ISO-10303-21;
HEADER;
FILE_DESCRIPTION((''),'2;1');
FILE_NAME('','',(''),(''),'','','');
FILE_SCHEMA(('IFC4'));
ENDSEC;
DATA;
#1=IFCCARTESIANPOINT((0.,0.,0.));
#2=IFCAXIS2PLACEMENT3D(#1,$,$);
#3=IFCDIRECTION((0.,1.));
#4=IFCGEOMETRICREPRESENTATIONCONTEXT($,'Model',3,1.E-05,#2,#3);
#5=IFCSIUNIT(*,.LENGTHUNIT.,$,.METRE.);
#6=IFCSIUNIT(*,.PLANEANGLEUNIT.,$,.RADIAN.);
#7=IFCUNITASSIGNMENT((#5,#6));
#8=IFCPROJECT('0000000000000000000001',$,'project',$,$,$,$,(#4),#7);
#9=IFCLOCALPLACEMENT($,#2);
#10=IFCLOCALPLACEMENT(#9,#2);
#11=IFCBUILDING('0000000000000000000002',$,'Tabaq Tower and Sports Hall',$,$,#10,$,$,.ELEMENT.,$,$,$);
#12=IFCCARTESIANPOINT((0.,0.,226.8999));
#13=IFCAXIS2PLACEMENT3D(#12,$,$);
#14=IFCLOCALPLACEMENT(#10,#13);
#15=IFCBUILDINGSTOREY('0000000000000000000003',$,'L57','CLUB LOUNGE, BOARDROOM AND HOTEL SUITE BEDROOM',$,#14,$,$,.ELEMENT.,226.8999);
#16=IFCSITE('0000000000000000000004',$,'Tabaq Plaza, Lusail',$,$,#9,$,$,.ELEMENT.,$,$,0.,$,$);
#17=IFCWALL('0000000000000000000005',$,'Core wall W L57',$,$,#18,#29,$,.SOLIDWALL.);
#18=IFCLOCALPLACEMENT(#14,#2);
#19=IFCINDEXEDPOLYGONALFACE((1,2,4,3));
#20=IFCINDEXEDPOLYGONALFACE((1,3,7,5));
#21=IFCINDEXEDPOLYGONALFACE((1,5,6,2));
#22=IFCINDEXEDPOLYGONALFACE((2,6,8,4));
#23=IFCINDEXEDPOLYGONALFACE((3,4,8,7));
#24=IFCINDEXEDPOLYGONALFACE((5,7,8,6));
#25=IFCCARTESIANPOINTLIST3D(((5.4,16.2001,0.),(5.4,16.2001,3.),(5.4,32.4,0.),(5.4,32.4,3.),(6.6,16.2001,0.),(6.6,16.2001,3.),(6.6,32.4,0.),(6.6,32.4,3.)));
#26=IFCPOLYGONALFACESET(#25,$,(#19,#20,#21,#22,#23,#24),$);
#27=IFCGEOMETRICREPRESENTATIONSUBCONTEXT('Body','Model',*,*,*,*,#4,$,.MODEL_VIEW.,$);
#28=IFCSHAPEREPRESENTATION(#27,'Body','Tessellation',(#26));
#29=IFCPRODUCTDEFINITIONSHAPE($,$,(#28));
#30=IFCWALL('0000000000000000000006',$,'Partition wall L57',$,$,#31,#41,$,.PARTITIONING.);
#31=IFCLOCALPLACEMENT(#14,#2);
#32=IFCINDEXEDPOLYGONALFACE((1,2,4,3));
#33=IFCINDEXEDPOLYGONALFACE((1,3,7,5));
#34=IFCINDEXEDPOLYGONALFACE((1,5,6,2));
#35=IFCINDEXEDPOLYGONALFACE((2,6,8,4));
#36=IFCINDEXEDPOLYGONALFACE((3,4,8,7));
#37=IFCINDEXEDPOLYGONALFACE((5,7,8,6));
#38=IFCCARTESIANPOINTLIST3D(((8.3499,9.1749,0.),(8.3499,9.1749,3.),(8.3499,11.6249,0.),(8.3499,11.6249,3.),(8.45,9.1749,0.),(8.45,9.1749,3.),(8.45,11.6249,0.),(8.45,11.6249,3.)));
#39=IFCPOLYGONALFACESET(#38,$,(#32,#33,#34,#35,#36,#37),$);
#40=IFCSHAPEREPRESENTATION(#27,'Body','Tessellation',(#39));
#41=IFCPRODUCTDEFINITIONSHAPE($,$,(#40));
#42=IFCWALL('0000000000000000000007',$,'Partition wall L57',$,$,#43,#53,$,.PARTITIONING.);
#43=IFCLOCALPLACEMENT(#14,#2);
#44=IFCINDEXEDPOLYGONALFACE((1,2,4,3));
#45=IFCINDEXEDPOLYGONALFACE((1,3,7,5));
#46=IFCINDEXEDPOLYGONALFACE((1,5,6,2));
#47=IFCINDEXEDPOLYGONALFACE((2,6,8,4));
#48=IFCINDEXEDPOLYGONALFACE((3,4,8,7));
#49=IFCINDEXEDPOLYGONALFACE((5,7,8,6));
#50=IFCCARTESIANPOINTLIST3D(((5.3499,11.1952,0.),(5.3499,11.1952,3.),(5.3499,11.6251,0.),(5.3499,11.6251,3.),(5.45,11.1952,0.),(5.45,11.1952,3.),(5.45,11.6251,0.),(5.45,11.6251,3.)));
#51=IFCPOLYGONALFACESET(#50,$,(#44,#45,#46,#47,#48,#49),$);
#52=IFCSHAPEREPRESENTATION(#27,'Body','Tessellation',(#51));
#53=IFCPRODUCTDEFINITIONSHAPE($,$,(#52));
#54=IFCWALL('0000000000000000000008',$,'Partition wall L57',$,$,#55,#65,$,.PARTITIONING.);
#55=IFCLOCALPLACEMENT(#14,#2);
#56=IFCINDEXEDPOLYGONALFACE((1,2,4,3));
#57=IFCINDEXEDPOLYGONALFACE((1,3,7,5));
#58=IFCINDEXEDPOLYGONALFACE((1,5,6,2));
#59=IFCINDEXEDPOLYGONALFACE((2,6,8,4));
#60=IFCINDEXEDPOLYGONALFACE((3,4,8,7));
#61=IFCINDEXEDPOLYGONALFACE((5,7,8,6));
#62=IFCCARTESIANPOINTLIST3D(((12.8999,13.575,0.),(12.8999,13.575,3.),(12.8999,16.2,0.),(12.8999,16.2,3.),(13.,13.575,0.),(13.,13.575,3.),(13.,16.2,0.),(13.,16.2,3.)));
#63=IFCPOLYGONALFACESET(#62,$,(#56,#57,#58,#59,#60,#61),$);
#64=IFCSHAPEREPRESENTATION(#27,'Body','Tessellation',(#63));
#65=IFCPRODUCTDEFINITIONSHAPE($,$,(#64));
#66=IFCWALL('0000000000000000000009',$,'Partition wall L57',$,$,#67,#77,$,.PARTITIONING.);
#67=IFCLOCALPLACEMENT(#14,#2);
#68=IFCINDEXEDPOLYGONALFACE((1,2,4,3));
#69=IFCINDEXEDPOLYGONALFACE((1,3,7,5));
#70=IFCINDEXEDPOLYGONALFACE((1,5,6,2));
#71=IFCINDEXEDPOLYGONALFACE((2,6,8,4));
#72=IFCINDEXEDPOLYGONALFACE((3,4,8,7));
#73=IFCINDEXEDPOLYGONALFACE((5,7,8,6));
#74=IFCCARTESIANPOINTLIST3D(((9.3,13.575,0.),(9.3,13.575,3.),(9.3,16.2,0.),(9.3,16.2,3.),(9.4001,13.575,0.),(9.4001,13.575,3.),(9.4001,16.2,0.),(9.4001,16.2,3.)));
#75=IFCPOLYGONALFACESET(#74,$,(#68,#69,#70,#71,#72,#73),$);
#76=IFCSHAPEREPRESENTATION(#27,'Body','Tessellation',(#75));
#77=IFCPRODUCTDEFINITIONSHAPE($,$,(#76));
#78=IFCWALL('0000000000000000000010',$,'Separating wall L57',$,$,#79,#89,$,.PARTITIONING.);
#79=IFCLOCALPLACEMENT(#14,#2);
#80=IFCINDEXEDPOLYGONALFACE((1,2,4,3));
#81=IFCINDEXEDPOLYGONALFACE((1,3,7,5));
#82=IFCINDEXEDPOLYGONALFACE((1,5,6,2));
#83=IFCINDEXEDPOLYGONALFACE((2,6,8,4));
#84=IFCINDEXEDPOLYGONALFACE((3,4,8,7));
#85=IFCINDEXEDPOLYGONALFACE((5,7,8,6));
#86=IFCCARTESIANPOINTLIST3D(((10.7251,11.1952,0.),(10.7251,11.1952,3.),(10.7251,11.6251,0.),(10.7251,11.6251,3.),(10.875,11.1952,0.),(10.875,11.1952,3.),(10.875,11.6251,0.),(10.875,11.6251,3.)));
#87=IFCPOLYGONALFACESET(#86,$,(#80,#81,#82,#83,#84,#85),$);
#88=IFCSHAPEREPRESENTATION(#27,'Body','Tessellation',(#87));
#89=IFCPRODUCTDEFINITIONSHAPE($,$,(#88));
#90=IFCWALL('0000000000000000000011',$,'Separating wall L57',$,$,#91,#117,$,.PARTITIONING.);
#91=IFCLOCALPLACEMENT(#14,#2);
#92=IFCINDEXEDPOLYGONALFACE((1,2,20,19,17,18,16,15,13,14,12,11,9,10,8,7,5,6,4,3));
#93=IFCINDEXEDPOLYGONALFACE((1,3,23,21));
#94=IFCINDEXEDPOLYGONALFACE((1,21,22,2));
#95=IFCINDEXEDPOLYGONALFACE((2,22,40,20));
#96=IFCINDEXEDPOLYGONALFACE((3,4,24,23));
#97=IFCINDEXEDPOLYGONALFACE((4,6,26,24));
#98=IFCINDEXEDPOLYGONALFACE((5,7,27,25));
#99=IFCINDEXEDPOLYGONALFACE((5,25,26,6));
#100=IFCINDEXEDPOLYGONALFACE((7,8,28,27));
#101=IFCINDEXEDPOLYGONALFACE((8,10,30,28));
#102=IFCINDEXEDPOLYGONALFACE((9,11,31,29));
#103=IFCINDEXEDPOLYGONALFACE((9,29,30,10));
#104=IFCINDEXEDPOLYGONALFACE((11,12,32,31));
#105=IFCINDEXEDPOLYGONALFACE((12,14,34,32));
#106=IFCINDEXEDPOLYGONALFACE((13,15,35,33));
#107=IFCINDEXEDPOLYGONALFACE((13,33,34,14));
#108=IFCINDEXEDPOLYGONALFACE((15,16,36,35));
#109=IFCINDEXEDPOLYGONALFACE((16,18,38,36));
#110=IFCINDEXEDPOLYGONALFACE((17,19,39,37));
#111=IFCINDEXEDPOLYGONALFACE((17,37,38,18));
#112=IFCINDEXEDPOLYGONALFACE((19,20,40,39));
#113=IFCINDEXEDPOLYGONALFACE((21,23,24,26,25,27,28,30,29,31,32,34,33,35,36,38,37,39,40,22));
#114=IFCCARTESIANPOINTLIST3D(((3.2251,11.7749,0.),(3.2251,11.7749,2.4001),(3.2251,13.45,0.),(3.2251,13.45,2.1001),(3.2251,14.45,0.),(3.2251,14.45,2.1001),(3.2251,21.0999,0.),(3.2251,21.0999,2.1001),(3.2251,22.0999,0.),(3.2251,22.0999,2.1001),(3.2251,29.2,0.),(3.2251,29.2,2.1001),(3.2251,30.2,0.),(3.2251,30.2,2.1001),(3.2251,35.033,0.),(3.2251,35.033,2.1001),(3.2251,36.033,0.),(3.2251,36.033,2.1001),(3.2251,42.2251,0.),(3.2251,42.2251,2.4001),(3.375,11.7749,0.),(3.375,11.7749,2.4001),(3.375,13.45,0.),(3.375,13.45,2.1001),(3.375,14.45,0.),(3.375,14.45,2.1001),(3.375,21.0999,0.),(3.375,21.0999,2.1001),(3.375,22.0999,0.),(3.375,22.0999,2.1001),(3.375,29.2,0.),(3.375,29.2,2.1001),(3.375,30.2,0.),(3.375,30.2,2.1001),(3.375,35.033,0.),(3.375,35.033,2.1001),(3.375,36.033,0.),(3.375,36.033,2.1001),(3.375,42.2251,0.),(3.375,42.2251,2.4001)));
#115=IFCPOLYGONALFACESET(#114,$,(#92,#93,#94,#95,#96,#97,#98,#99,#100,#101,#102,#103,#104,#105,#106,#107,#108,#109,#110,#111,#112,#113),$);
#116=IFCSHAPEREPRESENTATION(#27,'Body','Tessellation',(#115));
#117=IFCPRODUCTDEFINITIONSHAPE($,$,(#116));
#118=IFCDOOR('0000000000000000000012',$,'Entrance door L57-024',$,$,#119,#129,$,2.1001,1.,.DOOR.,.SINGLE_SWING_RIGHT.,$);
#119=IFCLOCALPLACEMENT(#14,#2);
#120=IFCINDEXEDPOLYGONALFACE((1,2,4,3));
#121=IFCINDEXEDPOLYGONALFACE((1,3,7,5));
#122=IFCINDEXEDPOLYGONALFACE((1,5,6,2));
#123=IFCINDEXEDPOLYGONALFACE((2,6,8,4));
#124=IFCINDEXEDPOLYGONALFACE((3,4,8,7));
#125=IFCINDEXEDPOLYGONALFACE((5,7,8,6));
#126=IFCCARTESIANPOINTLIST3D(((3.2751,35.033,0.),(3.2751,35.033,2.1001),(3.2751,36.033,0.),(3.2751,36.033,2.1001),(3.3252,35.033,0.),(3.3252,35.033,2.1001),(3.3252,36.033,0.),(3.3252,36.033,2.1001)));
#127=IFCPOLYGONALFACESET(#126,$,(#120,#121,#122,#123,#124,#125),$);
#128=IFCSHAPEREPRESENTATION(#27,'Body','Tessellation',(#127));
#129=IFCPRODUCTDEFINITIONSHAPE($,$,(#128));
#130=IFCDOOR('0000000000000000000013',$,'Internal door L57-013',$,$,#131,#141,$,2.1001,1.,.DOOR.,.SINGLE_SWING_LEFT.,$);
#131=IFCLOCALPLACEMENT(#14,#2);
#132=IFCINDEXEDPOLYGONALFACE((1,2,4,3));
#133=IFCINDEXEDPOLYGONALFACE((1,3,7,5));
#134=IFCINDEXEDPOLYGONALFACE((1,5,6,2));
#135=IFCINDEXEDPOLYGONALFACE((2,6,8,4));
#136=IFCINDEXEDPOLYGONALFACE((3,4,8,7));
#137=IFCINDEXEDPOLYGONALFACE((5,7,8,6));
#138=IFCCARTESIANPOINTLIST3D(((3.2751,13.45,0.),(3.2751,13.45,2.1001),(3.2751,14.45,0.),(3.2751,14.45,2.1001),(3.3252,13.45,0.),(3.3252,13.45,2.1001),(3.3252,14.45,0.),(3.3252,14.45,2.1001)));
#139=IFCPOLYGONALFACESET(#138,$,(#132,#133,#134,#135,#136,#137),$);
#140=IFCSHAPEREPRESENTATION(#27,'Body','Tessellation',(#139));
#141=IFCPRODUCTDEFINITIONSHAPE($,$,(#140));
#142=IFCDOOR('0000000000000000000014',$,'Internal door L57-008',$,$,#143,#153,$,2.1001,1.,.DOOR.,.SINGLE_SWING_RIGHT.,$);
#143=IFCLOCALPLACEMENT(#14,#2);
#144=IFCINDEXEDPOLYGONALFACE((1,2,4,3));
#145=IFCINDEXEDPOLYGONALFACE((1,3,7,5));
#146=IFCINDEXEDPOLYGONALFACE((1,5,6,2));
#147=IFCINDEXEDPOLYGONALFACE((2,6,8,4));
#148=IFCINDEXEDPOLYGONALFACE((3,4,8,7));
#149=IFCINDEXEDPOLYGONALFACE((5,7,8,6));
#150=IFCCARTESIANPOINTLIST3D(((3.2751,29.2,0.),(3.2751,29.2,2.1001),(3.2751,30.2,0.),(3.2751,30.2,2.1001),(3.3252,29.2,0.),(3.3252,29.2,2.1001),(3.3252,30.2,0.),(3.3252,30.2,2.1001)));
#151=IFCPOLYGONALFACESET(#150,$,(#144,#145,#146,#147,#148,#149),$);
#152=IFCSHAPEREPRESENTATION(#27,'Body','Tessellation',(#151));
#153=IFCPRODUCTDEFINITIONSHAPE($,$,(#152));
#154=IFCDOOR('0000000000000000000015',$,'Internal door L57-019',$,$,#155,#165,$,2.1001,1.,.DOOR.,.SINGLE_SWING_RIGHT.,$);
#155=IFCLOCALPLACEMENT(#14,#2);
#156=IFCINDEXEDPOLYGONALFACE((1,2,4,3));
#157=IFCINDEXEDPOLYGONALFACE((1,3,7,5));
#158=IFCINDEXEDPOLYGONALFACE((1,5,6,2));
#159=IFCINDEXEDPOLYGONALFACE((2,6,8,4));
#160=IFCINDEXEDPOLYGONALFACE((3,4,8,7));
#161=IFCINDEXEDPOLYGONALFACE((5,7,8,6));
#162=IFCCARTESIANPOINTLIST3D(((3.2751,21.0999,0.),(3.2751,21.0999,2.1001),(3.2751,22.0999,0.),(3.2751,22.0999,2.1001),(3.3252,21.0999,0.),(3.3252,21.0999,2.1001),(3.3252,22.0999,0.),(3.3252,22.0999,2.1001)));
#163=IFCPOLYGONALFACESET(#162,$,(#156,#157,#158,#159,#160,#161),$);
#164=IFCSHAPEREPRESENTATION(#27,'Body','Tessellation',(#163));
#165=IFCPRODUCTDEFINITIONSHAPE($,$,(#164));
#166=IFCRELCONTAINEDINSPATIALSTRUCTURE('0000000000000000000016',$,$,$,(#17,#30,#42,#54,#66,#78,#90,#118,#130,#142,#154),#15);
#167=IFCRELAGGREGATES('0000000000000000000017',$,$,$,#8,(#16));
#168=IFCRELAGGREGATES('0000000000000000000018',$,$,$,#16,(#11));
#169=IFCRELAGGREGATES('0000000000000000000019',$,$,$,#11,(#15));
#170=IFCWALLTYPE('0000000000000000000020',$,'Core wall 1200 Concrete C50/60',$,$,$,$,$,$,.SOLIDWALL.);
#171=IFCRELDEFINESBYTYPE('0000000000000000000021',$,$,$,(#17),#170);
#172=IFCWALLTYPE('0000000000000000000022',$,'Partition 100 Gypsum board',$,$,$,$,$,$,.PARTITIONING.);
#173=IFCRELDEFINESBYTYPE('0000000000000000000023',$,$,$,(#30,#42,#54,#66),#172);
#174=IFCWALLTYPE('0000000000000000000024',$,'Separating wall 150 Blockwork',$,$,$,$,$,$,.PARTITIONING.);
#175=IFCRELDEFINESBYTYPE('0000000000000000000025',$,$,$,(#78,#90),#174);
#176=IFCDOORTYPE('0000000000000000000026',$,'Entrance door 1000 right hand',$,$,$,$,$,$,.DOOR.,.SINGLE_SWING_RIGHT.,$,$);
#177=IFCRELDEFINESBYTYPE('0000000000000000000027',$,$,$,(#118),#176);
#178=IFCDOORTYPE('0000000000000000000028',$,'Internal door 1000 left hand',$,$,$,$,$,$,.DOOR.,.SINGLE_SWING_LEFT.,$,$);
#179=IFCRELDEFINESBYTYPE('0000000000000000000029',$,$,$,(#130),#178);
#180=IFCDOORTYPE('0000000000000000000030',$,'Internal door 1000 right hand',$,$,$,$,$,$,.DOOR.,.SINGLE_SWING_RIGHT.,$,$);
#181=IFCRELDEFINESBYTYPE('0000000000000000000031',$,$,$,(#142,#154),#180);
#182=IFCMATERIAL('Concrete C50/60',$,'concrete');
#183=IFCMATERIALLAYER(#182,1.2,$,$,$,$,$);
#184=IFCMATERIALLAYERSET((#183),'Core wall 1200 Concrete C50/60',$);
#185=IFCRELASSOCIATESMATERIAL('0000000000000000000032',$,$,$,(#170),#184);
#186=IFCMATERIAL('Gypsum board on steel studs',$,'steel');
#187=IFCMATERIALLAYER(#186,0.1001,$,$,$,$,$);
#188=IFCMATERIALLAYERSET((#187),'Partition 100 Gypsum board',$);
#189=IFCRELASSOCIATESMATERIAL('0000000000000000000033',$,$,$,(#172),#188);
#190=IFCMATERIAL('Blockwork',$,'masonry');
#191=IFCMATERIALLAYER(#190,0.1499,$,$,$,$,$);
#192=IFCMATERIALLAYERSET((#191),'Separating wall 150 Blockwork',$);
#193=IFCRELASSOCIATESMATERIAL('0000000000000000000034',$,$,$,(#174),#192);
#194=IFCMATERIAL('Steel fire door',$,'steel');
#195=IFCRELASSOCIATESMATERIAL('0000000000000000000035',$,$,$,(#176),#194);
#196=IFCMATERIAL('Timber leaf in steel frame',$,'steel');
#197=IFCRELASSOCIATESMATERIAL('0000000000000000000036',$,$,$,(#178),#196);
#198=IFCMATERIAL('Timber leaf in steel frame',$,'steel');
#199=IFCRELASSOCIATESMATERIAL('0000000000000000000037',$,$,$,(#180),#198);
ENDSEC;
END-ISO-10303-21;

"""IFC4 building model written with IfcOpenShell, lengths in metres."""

from ifc_helpers import new_model, si_unit, direction, frame, frame_2d, origin, place, context, subcontext, project, spatial, rectangle, extrude, material, layer, layer_set, type_object, element, fill, save


model = new_model("IFC4")

# Units and contexts
model_context = context("Model", 3, precision=1e-05, world=origin(), true_north=direction((0.0, 1.0)))
body_context = subcontext(model_context, "Body", "Model", "MODEL_VIEW")
ifc_project = project(units=[si_unit("LENGTHUNIT", "METRE"), si_unit("PLANEANGLEUNIT", "RADIAN")], contexts=[model_context])

# Site, building, storey
site_placement = place(None, origin())
site = spatial("IfcSite", under=ifc_project, at=site_placement, Name="Tabaq Plaza, Lusail", CompositionType="ELEMENT", RefElevation=0.0)
building_placement = place(site_placement, origin())
building = spatial("IfcBuilding", under=site, at=building_placement, Name="Tabaq Tower and Sports Hall", CompositionType="ELEMENT")
storey_placement = place(building_placement, frame((0.0, 0.0, 226.8999)))
storey = spatial("IfcBuildingStorey", under=building, at=storey_placement, Name="L57", Description="CLUB LOUNGE, BOARDROOM AND HOTEL SUITE BEDROOM", CompositionType="ELEMENT", Elevation=226.8999)

# Walls
ifc_material_1 = material(Name="Concrete C50/60", Category="concrete")
ifc_layer_1 = layer(ifc_material_1, 1.2)
ifc_layer_set_1 = layer_set([ifc_layer_1], Name="Core wall 1200 Concrete C50/60")
wall_type_1 = type_object("IfcWallType", Name="Core wall 1200 Concrete C50/60", PredefinedType="SOLIDWALL", material=ifc_layer_set_1)
wall_1_placement = place(storey_placement, frame((6.0, 16.2, 0.0), z_axis=(0.0, 0.0, 1.0), x_axis=(0.0, 1.0, 0.0)))
element("IfcWall", 1, at=wall_1_placement, inside=storey, type_object=wall_type_1, Name="Core wall W L57", PredefinedType="SOLIDWALL", context=body_context, shape_type="SweptSolid", body=[
    extrude(rectangle(XDim=16.2, YDim=1.2, at=frame_2d((8.1001, 0.0))), origin(), (0.0, 0.0, 1.0), 3.0),
])
ifc_material_2 = material(Name="Gypsum board on steel studs", Category="steel")
ifc_layer_2 = layer(ifc_material_2, 0.1001)
ifc_layer_set_2 = layer_set([ifc_layer_2], Name="Partition 100 Gypsum board")
wall_type_2 = type_object("IfcWallType", Name="Partition 100 Gypsum board", PredefinedType="PARTITIONING", material=ifc_layer_set_2)
wall_2_placement = place(storey_placement, frame((8.3999, 11.625, 0.0), z_axis=(0.0, 0.0, 1.0), x_axis=(0.0, -1.0, 0.0)))
element("IfcWall", 2, at=wall_2_placement, inside=storey, type_object=wall_type_2, Name="Partition wall L57", PredefinedType="PARTITIONING", context=body_context, shape_type="SweptSolid", body=[
    extrude(rectangle(XDim=2.45, YDim=0.1001, at=frame_2d((1.2251, 0.0))), origin(), (0.0, 0.0, 1.0), 3.0),
])
wall_3_placement = place(storey_placement, frame((5.3999, 11.625, 0.0), z_axis=(0.0, 0.0, 1.0), x_axis=(0.0, -1.0, 0.0)))
element("IfcWall", 3, at=wall_3_placement, inside=storey, type_object=wall_type_2, Name="Partition wall L57", PredefinedType="PARTITIONING", context=body_context, shape_type="SweptSolid", body=[
    extrude(rectangle(XDim=0.4299, YDim=0.1001, at=frame_2d((0.2148, 0.0))), origin(), (0.0, 0.0, 1.0), 3.0),
])
for number, where, z_axis, x_axis, name in (
    (4, (12.95, 13.575, 0.0), (0.0, 0.0, 1.0), (0.0, 1.0, 0.0), "Partition wall L57"),
    (5, (9.3501, 16.2, 0.0), (0.0, 0.0, 1.0), (0.0, -1.0, 0.0), "Partition wall L57"),
):
    element("IfcWall", number, at=place(storey_placement, frame(where, z_axis=z_axis, x_axis=x_axis)), inside=storey, type_object=wall_type_2, Name=name, PredefinedType="PARTITIONING", context=body_context, shape_type="SweptSolid", body=[
        extrude(rectangle(XDim=2.625, YDim=0.1001, at=frame_2d((1.3125, 0.0))), origin(), (0.0, 0.0, 1.0), 3.0),
    ])
ifc_material_3 = material(Name="Blockwork", Category="masonry")
ifc_layer_3 = layer(ifc_material_3, 0.1499)
ifc_layer_set_3 = layer_set([ifc_layer_3], Name="Separating wall 150 Blockwork")
wall_type_3 = type_object("IfcWallType", Name="Separating wall 150 Blockwork", PredefinedType="PARTITIONING", material=ifc_layer_set_3)
wall_4_placement = place(storey_placement, frame((10.8, 11.625, 0.0), z_axis=(0.0, 0.0, 1.0), x_axis=(0.0, -1.0, 0.0)))
element("IfcWall", 6, at=wall_4_placement, inside=storey, type_object=wall_type_3, Name="Separating wall L57", PredefinedType="PARTITIONING", context=body_context, shape_type="SweptSolid", body=[
    extrude(rectangle(XDim=0.4299, YDim=0.1499, at=frame_2d((0.2148, 0.0))), origin(), (0.0, 0.0, 1.0), 3.0),
])

# Wall, openings, doors
wall_5_placement = place(storey_placement, frame((3.3, 11.7749, 0.0), z_axis=(0.0, 0.0, 1.0), x_axis=(0.0, 1.0, 0.0)))
wall_5 = element("IfcWall", 7, at=wall_5_placement, inside=storey, type_object=wall_type_3, Name="Separating wall L57", PredefinedType="PARTITIONING", context=body_context, shape_type="SweptSolid", body=[
    extrude(rectangle(XDim=30.4502, YDim=0.1499, at=frame_2d((15.2251, 0.0))), origin(), (0.0, 0.0, 1.0), 2.4001),
])
opening_1_placement = place(wall_5_placement, frame((17.425, 0.0, 0.0)))
opening_1 = element("IfcOpeningElement", 8, at=opening_1_placement, cuts=wall_5, PredefinedType="OPENING", context=body_context, shape_type="SweptSolid", body=[
    extrude(rectangle(XDim=1.0, YDim=2.1001, at=frame_2d((0.5, 1.05))), frame((0.0, 0.075, 0.0), z_axis=(0.0, -1.0, 0.0), x_axis=(1.0, 0.0, 0.0)), (0.0, 0.0, 1.0), 0.1499),
])
opening_2_placement = place(wall_5_placement, frame((1.675, 0.0, 0.0)))
opening_2 = element("IfcOpeningElement", 9, at=opening_2_placement, cuts=wall_5, PredefinedType="OPENING", context=body_context, shape_type="SweptSolid", body=[
    extrude(rectangle(XDim=1.0, YDim=2.1001, at=frame_2d((0.5, 1.05))), frame((0.0, 0.075, 0.0), z_axis=(0.0, -1.0, 0.0), x_axis=(1.0, 0.0, 0.0)), (0.0, 0.0, 1.0), 0.1499),
])
opening_3_placement = place(wall_5_placement, frame((9.325, 0.0, 0.0)))
opening_3 = element("IfcOpeningElement", 10, at=opening_3_placement, cuts=wall_5, PredefinedType="OPENING", context=body_context, shape_type="SweptSolid", body=[
    extrude(rectangle(XDim=1.0, YDim=2.1001, at=frame_2d((0.5, 1.05))), frame((0.0, 0.075, 0.0), z_axis=(0.0, -1.0, 0.0), x_axis=(1.0, 0.0, 0.0)), (0.0, 0.0, 1.0), 0.1499),
])
opening_4_placement = place(wall_5_placement, frame((23.2581, 0.0, 0.0)))
opening_4 = element("IfcOpeningElement", 11, at=opening_4_placement, cuts=wall_5, PredefinedType="OPENING", context=body_context, shape_type="SweptSolid", body=[
    extrude(rectangle(XDim=1.0, YDim=2.1001, at=frame_2d((0.5, 1.05))), frame((0.0, 0.075, 0.0), z_axis=(0.0, -1.0, 0.0), x_axis=(1.0, 0.0, 0.0)), (0.0, 0.0, 1.0), 0.1499),
])
ifc_material_4 = material(Name="Steel fire door", Category="steel")
door_type_1 = type_object("IfcDoorType", Name="Entrance door 1000 right hand", OperationType="SINGLE_SWING_RIGHT", PredefinedType="DOOR", material=ifc_material_4)
door_1_placement = place(opening_4_placement, origin())
door_1 = element("IfcDoor", 12, at=door_1_placement, inside=storey, type_object=door_type_1, Name="Entrance door L57-024", OperationType="SINGLE_SWING_RIGHT", OverallHeight=2.1001, OverallWidth=1.0, PredefinedType="DOOR", context=body_context, shape_type="SweptSolid", body=[
    extrude(rectangle(XDim=1.0, YDim=2.1001, at=frame_2d((0.5, 1.05))), frame((0.0, 0.0249, 0.0), z_axis=(0.0, -1.0, 0.0), x_axis=(1.0, 0.0, 0.0)), (0.0, 0.0, 1.0), 0.05),
])
fill(opening_4, door_1)
ifc_material_5 = material(Name="Timber leaf in steel frame", Category="steel")
door_type_2 = type_object("IfcDoorType", Name="Internal door 1000 left hand", OperationType="SINGLE_SWING_LEFT", PredefinedType="DOOR", material=ifc_material_5)
door_2_placement = place(opening_2_placement, origin())
door_2 = element("IfcDoor", 13, at=door_2_placement, inside=storey, type_object=door_type_2, Name="Internal door L57-013", OperationType="SINGLE_SWING_LEFT", OverallHeight=2.1001, OverallWidth=1.0, PredefinedType="DOOR", context=body_context, shape_type="SweptSolid", body=[
    extrude(rectangle(XDim=1.0, YDim=2.1001, at=frame_2d((0.5, 1.05))), frame((0.0, 0.0249, 0.0), z_axis=(0.0, -1.0, 0.0), x_axis=(1.0, 0.0, 0.0)), (0.0, 0.0, 1.0), 0.05),
])
fill(opening_2, door_2)
ifc_material_6 = material(Name="Timber leaf in steel frame", Category="steel")
door_type_3 = type_object("IfcDoorType", Name="Internal door 1000 right hand", OperationType="SINGLE_SWING_RIGHT", PredefinedType="DOOR", material=ifc_material_6)
door_3_placement = place(opening_1_placement, origin())
door_3 = element("IfcDoor", 14, at=door_3_placement, inside=storey, type_object=door_type_3, Name="Internal door L57-008", OperationType="SINGLE_SWING_RIGHT", OverallHeight=2.1001, OverallWidth=1.0, PredefinedType="DOOR", context=body_context, shape_type="SweptSolid", body=[
    extrude(rectangle(XDim=1.0, YDim=2.1001, at=frame_2d((0.5, 1.05))), frame((0.0, 0.0249, 0.0), z_axis=(0.0, -1.0, 0.0), x_axis=(1.0, 0.0, 0.0)), (0.0, 0.0, 1.0), 0.05),
])
fill(opening_1, door_3)
door_4_placement = place(opening_3_placement, origin())
door_4 = element("IfcDoor", 15, at=door_4_placement, inside=storey, type_object=door_type_3, Name="Internal door L57-019", OperationType="SINGLE_SWING_RIGHT", OverallHeight=2.1001, OverallWidth=1.0, PredefinedType="DOOR", context=body_context, shape_type="SweptSolid", body=[
    extrude(rectangle(XDim=1.0, YDim=2.1001, at=frame_2d((0.5, 1.05))), frame((0.0, 0.0249, 0.0), z_axis=(0.0, -1.0, 0.0), x_axis=(1.0, 0.0, 0.0)), (0.0, 0.0, 1.0), 0.05),
])
fill(opening_3, door_4)

save(model, "model.ifc")
